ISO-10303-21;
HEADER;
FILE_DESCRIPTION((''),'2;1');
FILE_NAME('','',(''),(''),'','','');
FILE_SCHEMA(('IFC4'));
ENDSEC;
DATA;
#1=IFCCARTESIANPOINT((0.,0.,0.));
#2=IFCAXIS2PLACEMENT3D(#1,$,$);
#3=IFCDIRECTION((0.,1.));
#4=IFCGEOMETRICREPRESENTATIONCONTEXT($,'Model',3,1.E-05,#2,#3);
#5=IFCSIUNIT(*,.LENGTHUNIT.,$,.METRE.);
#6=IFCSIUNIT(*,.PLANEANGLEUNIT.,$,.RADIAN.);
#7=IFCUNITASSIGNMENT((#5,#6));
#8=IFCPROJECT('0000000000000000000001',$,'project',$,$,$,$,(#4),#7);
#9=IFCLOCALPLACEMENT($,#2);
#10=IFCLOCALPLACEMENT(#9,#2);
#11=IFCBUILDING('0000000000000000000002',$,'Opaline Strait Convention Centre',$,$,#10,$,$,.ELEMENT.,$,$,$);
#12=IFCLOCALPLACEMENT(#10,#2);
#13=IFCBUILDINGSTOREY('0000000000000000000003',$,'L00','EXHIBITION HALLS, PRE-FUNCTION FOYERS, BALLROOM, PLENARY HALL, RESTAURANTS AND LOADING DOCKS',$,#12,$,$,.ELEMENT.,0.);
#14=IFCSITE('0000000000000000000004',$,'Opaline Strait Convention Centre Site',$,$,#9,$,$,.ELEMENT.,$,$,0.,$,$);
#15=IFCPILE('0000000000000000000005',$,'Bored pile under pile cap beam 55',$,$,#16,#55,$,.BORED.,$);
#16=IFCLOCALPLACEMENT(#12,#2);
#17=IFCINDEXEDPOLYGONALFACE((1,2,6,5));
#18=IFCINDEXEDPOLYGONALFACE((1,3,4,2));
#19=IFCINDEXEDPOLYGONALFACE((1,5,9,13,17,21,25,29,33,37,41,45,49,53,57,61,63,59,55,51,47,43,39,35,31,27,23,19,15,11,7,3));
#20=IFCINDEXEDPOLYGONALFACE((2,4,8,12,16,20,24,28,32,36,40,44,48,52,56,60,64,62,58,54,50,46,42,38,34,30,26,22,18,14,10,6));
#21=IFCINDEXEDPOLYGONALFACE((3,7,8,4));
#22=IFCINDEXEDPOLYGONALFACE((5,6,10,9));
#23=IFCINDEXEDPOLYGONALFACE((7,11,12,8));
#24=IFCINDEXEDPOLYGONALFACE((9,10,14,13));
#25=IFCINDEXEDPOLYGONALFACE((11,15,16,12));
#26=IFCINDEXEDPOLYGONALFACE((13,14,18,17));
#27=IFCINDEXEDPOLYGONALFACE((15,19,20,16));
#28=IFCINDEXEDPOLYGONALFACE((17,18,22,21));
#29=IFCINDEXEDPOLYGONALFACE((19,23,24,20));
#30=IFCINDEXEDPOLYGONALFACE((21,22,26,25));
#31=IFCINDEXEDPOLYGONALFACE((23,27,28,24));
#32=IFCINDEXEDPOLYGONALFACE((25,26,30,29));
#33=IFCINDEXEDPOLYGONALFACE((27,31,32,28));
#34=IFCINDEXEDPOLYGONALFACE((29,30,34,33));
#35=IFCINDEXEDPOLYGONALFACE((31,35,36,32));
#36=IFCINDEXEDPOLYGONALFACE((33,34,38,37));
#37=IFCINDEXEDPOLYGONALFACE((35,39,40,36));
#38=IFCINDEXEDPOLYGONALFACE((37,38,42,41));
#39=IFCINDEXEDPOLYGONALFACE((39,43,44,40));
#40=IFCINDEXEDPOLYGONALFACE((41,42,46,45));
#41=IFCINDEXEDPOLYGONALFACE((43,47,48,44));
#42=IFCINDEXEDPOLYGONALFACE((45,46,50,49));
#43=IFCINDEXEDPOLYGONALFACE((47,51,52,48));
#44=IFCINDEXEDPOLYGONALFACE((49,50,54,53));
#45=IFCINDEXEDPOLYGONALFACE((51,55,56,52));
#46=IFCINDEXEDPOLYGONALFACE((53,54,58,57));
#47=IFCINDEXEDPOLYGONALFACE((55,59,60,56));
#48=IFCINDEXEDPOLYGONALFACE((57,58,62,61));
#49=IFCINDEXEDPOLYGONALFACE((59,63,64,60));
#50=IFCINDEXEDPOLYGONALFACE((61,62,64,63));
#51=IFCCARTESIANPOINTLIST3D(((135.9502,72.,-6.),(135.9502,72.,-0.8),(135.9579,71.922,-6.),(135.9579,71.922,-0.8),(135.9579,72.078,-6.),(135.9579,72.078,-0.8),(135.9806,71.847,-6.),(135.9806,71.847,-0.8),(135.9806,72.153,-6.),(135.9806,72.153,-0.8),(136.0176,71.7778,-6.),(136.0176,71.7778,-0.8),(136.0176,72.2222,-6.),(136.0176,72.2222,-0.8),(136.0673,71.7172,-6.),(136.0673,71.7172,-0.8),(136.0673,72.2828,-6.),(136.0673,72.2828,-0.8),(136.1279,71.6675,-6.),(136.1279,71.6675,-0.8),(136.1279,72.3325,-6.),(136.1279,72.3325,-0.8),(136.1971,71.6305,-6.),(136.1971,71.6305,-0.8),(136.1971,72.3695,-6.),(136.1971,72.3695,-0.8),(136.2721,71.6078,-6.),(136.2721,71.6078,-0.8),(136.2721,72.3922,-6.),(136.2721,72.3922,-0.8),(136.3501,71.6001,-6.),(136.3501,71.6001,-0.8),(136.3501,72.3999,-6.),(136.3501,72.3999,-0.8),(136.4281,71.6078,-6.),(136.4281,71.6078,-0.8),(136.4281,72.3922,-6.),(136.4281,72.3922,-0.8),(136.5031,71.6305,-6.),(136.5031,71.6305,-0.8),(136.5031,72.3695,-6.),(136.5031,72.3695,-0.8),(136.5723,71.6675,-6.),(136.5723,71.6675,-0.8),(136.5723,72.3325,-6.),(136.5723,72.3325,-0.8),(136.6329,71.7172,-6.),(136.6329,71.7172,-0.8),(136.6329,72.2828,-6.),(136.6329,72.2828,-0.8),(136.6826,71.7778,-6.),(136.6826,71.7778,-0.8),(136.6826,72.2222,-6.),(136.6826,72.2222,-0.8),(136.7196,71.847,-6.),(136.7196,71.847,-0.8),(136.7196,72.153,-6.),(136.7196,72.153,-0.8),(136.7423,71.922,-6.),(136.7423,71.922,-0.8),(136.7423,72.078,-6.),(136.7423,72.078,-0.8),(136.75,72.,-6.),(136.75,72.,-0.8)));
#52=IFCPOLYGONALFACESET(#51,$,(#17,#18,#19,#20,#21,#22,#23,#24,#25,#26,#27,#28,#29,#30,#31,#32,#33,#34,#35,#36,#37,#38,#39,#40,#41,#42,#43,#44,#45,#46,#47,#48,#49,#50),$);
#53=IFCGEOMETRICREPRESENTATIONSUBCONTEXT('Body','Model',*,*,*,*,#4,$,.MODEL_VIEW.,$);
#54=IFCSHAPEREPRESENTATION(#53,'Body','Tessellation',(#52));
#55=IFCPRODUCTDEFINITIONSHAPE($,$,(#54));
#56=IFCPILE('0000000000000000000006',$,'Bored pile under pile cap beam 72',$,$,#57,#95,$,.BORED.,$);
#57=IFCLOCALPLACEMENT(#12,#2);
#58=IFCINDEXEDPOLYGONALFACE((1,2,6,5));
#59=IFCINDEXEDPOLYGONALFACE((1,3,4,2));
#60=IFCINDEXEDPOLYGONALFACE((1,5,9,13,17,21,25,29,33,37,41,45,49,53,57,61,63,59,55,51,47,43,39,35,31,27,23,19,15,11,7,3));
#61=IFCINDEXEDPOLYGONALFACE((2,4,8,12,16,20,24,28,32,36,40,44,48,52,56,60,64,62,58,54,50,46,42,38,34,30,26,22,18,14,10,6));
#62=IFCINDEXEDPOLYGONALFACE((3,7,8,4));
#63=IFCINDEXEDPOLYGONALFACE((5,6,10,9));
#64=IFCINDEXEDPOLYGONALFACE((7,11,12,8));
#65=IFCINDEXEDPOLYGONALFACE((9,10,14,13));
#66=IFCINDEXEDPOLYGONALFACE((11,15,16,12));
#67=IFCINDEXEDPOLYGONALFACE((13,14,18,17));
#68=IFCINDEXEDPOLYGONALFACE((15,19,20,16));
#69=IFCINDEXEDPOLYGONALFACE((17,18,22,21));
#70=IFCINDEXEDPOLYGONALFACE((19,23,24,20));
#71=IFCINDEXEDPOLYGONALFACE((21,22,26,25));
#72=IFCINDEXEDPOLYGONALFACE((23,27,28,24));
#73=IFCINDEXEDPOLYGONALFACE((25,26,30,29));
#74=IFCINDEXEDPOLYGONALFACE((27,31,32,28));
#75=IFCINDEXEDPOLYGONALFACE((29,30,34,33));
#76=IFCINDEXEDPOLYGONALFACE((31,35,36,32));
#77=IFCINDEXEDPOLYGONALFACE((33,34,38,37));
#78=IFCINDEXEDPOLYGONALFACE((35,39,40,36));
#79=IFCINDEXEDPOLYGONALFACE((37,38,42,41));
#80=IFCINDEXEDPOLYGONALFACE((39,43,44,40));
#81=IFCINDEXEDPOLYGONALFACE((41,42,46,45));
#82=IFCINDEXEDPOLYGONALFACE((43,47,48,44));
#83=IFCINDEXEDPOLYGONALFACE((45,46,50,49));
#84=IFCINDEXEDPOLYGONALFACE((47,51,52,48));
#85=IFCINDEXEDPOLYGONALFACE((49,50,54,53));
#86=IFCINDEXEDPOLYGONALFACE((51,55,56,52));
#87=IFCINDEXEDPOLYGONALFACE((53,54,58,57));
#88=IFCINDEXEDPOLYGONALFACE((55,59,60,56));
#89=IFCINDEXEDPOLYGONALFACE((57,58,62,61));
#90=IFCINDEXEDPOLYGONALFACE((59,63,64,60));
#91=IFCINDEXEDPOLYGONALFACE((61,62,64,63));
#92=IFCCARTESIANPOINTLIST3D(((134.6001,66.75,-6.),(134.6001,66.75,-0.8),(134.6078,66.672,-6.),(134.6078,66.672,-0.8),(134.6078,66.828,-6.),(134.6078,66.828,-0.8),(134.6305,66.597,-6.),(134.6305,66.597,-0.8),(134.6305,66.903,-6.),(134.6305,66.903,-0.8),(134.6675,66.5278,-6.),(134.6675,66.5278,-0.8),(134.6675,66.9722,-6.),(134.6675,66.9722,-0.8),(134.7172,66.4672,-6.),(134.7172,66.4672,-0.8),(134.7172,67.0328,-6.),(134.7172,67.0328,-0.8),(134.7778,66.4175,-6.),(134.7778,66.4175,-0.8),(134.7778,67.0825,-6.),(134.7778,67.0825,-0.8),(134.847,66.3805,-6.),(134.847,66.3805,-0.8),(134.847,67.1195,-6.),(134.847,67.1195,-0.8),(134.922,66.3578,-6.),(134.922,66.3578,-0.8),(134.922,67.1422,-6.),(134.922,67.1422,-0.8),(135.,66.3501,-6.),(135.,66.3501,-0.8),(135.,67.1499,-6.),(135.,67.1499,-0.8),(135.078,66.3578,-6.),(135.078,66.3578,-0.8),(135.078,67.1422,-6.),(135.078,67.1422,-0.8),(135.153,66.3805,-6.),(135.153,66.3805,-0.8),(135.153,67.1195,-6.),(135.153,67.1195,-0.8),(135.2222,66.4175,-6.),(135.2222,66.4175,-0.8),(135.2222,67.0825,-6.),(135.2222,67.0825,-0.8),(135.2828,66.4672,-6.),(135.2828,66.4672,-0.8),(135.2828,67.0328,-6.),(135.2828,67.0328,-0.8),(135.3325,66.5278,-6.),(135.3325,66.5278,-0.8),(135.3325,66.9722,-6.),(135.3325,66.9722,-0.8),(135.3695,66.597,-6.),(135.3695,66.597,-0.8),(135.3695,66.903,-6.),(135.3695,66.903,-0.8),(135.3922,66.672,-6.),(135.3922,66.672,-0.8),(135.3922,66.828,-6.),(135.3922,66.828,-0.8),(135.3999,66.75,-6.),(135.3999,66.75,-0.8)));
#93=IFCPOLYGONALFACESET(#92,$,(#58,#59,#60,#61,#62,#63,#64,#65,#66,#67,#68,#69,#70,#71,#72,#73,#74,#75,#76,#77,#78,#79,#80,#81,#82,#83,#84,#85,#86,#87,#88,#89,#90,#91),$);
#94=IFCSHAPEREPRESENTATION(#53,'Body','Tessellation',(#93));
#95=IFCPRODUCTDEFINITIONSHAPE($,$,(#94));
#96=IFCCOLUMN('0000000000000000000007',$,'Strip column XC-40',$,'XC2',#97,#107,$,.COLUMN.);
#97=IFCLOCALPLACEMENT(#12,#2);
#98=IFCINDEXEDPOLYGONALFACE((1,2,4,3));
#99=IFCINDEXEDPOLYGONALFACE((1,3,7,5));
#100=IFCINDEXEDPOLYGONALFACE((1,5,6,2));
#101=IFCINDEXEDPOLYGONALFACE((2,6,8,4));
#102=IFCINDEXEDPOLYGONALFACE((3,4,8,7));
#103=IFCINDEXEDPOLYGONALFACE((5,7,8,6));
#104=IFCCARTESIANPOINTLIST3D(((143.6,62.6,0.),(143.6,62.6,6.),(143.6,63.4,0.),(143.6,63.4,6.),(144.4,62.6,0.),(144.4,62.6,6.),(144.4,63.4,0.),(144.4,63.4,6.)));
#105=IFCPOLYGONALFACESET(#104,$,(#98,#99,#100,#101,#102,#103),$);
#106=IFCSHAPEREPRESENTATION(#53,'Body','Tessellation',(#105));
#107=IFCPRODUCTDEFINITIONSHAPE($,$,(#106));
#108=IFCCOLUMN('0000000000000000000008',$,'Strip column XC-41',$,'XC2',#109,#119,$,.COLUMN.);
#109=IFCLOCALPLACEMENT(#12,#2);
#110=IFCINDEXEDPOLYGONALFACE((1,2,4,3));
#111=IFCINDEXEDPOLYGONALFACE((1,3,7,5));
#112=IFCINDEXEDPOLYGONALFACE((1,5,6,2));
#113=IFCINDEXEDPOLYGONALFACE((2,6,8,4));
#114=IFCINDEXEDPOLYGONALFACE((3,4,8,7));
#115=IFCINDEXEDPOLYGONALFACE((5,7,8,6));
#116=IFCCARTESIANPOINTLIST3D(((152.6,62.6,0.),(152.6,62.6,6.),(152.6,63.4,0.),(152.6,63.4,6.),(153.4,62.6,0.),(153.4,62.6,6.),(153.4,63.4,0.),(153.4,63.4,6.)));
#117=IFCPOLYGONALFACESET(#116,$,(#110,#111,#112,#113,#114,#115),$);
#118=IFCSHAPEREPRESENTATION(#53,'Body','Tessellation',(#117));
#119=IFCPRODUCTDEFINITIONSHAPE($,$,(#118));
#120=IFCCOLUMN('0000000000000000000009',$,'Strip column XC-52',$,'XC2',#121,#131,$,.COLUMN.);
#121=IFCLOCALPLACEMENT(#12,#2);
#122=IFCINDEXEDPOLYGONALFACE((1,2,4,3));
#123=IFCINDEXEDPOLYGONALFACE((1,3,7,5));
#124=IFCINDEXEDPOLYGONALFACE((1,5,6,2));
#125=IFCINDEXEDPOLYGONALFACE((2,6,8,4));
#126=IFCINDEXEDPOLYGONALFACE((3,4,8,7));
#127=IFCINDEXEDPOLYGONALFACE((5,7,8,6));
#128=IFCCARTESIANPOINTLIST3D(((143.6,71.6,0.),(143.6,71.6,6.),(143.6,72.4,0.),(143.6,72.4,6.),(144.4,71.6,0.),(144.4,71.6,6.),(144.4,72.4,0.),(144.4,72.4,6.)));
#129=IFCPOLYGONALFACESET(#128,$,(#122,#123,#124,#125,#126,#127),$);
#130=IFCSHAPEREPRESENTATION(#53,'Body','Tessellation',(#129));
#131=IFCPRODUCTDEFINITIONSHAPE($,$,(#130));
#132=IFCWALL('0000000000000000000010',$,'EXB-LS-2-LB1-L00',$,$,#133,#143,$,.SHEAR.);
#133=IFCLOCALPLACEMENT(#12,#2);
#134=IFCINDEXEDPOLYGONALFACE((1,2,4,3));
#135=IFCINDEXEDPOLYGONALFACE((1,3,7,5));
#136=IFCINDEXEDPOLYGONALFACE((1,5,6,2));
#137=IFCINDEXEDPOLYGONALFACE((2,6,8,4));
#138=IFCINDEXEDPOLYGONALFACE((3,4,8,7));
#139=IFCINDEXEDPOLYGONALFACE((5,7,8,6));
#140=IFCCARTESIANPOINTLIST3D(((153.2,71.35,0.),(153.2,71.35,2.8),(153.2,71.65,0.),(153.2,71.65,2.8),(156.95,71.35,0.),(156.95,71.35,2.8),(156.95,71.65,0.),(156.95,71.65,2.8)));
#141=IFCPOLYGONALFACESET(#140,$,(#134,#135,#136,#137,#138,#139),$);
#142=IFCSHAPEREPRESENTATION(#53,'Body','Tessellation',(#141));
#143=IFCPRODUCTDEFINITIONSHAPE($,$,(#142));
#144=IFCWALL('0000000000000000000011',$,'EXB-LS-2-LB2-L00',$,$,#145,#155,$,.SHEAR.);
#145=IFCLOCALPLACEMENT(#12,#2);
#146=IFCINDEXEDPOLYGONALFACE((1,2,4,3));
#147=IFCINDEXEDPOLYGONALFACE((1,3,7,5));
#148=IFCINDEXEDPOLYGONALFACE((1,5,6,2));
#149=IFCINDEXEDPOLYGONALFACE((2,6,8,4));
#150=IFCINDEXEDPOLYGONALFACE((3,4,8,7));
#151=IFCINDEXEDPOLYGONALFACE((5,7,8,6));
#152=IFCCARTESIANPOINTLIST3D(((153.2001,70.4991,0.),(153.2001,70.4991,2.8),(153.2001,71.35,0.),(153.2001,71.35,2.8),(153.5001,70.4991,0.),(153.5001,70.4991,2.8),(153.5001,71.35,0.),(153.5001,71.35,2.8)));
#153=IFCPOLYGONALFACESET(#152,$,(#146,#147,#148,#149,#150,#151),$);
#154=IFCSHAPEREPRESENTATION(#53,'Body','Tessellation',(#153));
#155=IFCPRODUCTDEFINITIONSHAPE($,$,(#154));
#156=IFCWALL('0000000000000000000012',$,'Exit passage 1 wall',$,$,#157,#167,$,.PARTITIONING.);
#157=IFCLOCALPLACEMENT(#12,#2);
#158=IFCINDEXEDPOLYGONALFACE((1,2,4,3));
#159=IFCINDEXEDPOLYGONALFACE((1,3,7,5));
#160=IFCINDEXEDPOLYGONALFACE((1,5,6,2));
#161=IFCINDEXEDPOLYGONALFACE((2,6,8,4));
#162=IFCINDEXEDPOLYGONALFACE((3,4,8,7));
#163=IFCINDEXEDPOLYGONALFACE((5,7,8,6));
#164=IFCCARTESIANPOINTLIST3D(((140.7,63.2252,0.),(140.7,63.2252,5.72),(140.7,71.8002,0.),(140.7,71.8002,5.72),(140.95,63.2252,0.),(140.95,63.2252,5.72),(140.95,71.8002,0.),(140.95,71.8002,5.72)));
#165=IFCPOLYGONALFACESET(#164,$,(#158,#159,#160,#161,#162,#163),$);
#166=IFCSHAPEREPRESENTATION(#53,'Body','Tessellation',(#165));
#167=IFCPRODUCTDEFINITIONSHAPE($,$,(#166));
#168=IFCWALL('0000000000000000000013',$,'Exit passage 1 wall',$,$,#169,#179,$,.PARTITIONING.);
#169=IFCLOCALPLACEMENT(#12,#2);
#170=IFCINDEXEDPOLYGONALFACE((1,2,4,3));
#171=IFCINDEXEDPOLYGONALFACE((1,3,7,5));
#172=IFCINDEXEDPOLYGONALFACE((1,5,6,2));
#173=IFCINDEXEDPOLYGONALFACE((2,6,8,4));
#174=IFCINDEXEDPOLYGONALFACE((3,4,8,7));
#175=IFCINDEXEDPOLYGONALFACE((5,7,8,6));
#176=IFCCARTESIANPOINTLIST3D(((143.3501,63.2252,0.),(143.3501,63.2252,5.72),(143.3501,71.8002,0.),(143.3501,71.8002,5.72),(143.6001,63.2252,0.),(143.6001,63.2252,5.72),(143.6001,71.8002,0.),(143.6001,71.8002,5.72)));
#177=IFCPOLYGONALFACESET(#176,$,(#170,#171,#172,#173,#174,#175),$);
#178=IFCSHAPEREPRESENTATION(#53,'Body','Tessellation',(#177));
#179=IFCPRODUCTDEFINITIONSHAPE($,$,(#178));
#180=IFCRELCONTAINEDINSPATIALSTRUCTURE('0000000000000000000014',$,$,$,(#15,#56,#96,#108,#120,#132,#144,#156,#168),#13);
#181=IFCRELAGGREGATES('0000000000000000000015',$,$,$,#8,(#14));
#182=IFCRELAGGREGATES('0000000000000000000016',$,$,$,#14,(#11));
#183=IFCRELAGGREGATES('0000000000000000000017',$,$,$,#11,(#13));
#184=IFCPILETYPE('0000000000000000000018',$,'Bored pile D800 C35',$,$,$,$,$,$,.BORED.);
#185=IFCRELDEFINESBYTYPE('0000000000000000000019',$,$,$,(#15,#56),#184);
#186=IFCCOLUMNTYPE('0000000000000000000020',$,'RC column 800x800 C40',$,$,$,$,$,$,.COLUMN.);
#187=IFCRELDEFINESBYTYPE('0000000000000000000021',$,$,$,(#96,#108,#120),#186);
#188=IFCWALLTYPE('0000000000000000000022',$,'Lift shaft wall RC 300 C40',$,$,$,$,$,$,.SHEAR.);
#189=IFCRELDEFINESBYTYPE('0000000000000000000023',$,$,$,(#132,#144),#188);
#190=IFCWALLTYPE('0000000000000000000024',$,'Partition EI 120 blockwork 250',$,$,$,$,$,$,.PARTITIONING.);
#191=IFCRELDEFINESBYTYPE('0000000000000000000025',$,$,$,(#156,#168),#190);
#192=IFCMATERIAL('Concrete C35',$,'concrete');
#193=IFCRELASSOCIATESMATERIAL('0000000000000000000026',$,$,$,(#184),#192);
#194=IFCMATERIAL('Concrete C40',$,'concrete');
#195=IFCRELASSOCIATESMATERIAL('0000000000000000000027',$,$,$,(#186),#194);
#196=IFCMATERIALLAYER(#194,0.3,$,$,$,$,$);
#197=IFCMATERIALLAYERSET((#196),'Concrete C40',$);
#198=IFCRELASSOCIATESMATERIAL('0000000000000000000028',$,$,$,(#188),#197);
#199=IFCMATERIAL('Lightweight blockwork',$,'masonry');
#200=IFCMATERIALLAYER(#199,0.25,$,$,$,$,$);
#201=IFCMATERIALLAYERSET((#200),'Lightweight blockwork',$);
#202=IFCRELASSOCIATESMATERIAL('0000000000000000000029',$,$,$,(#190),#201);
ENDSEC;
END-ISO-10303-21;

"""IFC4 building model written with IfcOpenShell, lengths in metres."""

from ifc_helpers import new_model, si_unit, direction, frame, frame_2d, origin, origin_2d, place, context, subcontext, project, spatial, rectangle, circle, extrude, material, layer, layer_set, material_profile, profile_set, type_object, element, save


model = new_model("IFC4")

# Units and contexts
model_context = context("Model", 3, precision=1e-05, world=origin(), true_north=direction((0.0, 1.0)))
body_context = subcontext(model_context, "Body", "Model", "MODEL_VIEW")
ifc_project = project(units=[si_unit("LENGTHUNIT", "METRE"), si_unit("PLANEANGLEUNIT", "RADIAN")], contexts=[model_context])

# Site, building, storey
site_placement = place(None, origin())
site = spatial("IfcSite", under=ifc_project, at=site_placement, Name="Opaline Strait Convention Centre Site", CompositionType="ELEMENT", RefElevation=0.0)
building_placement = place(site_placement, origin())
building = spatial("IfcBuilding", under=site, at=building_placement, Name="Opaline Strait Convention Centre", CompositionType="ELEMENT")
storey_placement = place(building_placement, origin())
storey = spatial("IfcBuildingStorey", under=building, at=storey_placement, Name="L00", Description="EXHIBITION HALLS, PRE-FUNCTION FOYERS, BALLROOM, PLENARY HALL, RESTAURANTS AND LOADING DOCKS", CompositionType="ELEMENT", Elevation=0.0)

# Piles
ifc_material_1 = material(Name="Concrete C35", Category="concrete")
ifc_material_profile_1 = material_profile(ifc_material_1, circle(Radius=0.3999, at=origin_2d()), Name="D800")
ifc_profile_set_1 = profile_set([ifc_material_profile_1], Name="Concrete C35")
pile_type = type_object("IfcPileType", Name="Bored pile D800 C35", PredefinedType="BORED", material=ifc_profile_set_1)
for number, where, z_axis, x_axis, name in (
    (1, (136.3501, 72.0, -0.8), (0.0, 0.0, -1.0), (1.0, 0.0, 0.0), "Bored pile under pile cap beam 55"),
    (2, (135.0, 66.75, -0.8), (0.0, 0.0, -1.0), (1.0, 0.0, 0.0), "Bored pile under pile cap beam 72"),
):
    element("IfcPile", number, at=place(storey_placement, frame(where, z_axis=z_axis, x_axis=x_axis)), inside=storey, type_object=pile_type, Name=name, PredefinedType="BORED", context=body_context, shape_type="SweptSolid", body=[
        extrude(circle(Radius=0.3999, at=origin_2d()), origin(), (0.0, 0.0, 1.0), 5.2),
    ])

# Columns
ifc_material_2 = material(Name="Concrete C40", Category="concrete")
ifc_material_profile_2 = material_profile(ifc_material_2, rectangle(XDim=0.8, YDim=0.8, at=origin_2d()), Name="RC 800x800")
ifc_profile_set_2 = profile_set([ifc_material_profile_2], Name="Concrete C40")
column_type = type_object("IfcColumnType", Name="RC column 800x800 C40", PredefinedType="COLUMN", material=ifc_profile_set_2)
for number, where, z_axis, x_axis, name in (
    (3, (144.0, 63.0, 0.0), (0.0, 0.0, 1.0), (1.0, 0.0, 0.0), "Strip column XC-40"),
    (4, (153.0, 63.0, 0.0), (0.0, 0.0, 1.0), (1.0, 0.0, 0.0), "Strip column XC-41"),
    (5, (144.0, 72.0, 0.0), (0.0, 0.0, 1.0), (1.0, 0.0, 0.0), "Strip column XC-52"),
):
    element("IfcColumn", number, at=place(storey_placement, frame(where, z_axis=z_axis, x_axis=x_axis)), inside=storey, type_object=column_type, Name=name, ObjectType="XC2", PredefinedType="COLUMN", context=body_context, shape_type="SweptSolid", body=[
        extrude(rectangle(XDim=0.8, YDim=0.8, at=origin_2d()), origin(), (0.0, 0.0, 1.0), 6.0),
    ])

# Walls
ifc_layer_1 = layer(ifc_material_2, 0.3)
ifc_layer_set_1 = layer_set([ifc_layer_1], Name="Concrete C40")
wall_type_1 = type_object("IfcWallType", Name="Lift shaft wall RC 300 C40", PredefinedType="SHEAR", material=ifc_layer_set_1)
wall_1_placement = place(storey_placement, frame((153.2, 71.5, 0.0), z_axis=(0.0, 0.0, 1.0), x_axis=(1.0, 0.0, 0.0)))
element("IfcWall", 6, at=wall_1_placement, inside=storey, type_object=wall_type_1, Name="EXB-LS-2-LB1-L00", PredefinedType="SHEAR", context=body_context, shape_type="SweptSolid", body=[
    extrude(rectangle(XDim=3.75, YDim=0.3, at=frame_2d((1.875, 0.0))), origin(), (0.0, 0.0, 1.0), 2.8),
])
wall_2_placement = place(storey_placement, frame((153.3501, 70.4993, 0.0), z_axis=(0.0, 0.0, 1.0), x_axis=(0.0, 1.0, 0.0)))
element("IfcWall", 7, at=wall_2_placement, inside=storey, type_object=wall_type_1, Name="EXB-LS-2-LB2-L00", PredefinedType="SHEAR", context=body_context, shape_type="SweptSolid", body=[
    extrude(rectangle(XDim=0.8508, YDim=0.3, at=frame_2d((0.4253, 0.0))), origin(), (0.0, 0.0, 1.0), 2.8),
])
ifc_material_3 = material(Name="Lightweight blockwork", Category="masonry")
ifc_layer_2 = layer(ifc_material_3, 0.25)
ifc_layer_set_2 = layer_set([ifc_layer_2], Name="Lightweight blockwork")
wall_type_2 = type_object("IfcWallType", Name="Partition EI 120 blockwork 250", PredefinedType="PARTITIONING", material=ifc_layer_set_2)
for number, where, z_axis, x_axis, name in (
    (8, (140.825, 63.2251, 0.0), (0.0, 0.0, 1.0), (0.0, 1.0, 0.0), "Exit passage 1 wall"),
    (9, (143.4751, 63.2251, 0.0), (0.0, 0.0, 1.0), (0.0, 1.0, 0.0), "Exit passage 1 wall"),
):
    element("IfcWall", number, at=place(storey_placement, frame(where, z_axis=z_axis, x_axis=x_axis)), inside=storey, type_object=wall_type_2, Name=name, PredefinedType="PARTITIONING", context=body_context, shape_type="SweptSolid", body=[
        extrude(rectangle(XDim=8.575, YDim=0.25, at=frame_2d((4.2876, 0.0))), origin(), (0.0, 0.0, 1.0), 5.72),
    ])

save(model, "model.ifc")
